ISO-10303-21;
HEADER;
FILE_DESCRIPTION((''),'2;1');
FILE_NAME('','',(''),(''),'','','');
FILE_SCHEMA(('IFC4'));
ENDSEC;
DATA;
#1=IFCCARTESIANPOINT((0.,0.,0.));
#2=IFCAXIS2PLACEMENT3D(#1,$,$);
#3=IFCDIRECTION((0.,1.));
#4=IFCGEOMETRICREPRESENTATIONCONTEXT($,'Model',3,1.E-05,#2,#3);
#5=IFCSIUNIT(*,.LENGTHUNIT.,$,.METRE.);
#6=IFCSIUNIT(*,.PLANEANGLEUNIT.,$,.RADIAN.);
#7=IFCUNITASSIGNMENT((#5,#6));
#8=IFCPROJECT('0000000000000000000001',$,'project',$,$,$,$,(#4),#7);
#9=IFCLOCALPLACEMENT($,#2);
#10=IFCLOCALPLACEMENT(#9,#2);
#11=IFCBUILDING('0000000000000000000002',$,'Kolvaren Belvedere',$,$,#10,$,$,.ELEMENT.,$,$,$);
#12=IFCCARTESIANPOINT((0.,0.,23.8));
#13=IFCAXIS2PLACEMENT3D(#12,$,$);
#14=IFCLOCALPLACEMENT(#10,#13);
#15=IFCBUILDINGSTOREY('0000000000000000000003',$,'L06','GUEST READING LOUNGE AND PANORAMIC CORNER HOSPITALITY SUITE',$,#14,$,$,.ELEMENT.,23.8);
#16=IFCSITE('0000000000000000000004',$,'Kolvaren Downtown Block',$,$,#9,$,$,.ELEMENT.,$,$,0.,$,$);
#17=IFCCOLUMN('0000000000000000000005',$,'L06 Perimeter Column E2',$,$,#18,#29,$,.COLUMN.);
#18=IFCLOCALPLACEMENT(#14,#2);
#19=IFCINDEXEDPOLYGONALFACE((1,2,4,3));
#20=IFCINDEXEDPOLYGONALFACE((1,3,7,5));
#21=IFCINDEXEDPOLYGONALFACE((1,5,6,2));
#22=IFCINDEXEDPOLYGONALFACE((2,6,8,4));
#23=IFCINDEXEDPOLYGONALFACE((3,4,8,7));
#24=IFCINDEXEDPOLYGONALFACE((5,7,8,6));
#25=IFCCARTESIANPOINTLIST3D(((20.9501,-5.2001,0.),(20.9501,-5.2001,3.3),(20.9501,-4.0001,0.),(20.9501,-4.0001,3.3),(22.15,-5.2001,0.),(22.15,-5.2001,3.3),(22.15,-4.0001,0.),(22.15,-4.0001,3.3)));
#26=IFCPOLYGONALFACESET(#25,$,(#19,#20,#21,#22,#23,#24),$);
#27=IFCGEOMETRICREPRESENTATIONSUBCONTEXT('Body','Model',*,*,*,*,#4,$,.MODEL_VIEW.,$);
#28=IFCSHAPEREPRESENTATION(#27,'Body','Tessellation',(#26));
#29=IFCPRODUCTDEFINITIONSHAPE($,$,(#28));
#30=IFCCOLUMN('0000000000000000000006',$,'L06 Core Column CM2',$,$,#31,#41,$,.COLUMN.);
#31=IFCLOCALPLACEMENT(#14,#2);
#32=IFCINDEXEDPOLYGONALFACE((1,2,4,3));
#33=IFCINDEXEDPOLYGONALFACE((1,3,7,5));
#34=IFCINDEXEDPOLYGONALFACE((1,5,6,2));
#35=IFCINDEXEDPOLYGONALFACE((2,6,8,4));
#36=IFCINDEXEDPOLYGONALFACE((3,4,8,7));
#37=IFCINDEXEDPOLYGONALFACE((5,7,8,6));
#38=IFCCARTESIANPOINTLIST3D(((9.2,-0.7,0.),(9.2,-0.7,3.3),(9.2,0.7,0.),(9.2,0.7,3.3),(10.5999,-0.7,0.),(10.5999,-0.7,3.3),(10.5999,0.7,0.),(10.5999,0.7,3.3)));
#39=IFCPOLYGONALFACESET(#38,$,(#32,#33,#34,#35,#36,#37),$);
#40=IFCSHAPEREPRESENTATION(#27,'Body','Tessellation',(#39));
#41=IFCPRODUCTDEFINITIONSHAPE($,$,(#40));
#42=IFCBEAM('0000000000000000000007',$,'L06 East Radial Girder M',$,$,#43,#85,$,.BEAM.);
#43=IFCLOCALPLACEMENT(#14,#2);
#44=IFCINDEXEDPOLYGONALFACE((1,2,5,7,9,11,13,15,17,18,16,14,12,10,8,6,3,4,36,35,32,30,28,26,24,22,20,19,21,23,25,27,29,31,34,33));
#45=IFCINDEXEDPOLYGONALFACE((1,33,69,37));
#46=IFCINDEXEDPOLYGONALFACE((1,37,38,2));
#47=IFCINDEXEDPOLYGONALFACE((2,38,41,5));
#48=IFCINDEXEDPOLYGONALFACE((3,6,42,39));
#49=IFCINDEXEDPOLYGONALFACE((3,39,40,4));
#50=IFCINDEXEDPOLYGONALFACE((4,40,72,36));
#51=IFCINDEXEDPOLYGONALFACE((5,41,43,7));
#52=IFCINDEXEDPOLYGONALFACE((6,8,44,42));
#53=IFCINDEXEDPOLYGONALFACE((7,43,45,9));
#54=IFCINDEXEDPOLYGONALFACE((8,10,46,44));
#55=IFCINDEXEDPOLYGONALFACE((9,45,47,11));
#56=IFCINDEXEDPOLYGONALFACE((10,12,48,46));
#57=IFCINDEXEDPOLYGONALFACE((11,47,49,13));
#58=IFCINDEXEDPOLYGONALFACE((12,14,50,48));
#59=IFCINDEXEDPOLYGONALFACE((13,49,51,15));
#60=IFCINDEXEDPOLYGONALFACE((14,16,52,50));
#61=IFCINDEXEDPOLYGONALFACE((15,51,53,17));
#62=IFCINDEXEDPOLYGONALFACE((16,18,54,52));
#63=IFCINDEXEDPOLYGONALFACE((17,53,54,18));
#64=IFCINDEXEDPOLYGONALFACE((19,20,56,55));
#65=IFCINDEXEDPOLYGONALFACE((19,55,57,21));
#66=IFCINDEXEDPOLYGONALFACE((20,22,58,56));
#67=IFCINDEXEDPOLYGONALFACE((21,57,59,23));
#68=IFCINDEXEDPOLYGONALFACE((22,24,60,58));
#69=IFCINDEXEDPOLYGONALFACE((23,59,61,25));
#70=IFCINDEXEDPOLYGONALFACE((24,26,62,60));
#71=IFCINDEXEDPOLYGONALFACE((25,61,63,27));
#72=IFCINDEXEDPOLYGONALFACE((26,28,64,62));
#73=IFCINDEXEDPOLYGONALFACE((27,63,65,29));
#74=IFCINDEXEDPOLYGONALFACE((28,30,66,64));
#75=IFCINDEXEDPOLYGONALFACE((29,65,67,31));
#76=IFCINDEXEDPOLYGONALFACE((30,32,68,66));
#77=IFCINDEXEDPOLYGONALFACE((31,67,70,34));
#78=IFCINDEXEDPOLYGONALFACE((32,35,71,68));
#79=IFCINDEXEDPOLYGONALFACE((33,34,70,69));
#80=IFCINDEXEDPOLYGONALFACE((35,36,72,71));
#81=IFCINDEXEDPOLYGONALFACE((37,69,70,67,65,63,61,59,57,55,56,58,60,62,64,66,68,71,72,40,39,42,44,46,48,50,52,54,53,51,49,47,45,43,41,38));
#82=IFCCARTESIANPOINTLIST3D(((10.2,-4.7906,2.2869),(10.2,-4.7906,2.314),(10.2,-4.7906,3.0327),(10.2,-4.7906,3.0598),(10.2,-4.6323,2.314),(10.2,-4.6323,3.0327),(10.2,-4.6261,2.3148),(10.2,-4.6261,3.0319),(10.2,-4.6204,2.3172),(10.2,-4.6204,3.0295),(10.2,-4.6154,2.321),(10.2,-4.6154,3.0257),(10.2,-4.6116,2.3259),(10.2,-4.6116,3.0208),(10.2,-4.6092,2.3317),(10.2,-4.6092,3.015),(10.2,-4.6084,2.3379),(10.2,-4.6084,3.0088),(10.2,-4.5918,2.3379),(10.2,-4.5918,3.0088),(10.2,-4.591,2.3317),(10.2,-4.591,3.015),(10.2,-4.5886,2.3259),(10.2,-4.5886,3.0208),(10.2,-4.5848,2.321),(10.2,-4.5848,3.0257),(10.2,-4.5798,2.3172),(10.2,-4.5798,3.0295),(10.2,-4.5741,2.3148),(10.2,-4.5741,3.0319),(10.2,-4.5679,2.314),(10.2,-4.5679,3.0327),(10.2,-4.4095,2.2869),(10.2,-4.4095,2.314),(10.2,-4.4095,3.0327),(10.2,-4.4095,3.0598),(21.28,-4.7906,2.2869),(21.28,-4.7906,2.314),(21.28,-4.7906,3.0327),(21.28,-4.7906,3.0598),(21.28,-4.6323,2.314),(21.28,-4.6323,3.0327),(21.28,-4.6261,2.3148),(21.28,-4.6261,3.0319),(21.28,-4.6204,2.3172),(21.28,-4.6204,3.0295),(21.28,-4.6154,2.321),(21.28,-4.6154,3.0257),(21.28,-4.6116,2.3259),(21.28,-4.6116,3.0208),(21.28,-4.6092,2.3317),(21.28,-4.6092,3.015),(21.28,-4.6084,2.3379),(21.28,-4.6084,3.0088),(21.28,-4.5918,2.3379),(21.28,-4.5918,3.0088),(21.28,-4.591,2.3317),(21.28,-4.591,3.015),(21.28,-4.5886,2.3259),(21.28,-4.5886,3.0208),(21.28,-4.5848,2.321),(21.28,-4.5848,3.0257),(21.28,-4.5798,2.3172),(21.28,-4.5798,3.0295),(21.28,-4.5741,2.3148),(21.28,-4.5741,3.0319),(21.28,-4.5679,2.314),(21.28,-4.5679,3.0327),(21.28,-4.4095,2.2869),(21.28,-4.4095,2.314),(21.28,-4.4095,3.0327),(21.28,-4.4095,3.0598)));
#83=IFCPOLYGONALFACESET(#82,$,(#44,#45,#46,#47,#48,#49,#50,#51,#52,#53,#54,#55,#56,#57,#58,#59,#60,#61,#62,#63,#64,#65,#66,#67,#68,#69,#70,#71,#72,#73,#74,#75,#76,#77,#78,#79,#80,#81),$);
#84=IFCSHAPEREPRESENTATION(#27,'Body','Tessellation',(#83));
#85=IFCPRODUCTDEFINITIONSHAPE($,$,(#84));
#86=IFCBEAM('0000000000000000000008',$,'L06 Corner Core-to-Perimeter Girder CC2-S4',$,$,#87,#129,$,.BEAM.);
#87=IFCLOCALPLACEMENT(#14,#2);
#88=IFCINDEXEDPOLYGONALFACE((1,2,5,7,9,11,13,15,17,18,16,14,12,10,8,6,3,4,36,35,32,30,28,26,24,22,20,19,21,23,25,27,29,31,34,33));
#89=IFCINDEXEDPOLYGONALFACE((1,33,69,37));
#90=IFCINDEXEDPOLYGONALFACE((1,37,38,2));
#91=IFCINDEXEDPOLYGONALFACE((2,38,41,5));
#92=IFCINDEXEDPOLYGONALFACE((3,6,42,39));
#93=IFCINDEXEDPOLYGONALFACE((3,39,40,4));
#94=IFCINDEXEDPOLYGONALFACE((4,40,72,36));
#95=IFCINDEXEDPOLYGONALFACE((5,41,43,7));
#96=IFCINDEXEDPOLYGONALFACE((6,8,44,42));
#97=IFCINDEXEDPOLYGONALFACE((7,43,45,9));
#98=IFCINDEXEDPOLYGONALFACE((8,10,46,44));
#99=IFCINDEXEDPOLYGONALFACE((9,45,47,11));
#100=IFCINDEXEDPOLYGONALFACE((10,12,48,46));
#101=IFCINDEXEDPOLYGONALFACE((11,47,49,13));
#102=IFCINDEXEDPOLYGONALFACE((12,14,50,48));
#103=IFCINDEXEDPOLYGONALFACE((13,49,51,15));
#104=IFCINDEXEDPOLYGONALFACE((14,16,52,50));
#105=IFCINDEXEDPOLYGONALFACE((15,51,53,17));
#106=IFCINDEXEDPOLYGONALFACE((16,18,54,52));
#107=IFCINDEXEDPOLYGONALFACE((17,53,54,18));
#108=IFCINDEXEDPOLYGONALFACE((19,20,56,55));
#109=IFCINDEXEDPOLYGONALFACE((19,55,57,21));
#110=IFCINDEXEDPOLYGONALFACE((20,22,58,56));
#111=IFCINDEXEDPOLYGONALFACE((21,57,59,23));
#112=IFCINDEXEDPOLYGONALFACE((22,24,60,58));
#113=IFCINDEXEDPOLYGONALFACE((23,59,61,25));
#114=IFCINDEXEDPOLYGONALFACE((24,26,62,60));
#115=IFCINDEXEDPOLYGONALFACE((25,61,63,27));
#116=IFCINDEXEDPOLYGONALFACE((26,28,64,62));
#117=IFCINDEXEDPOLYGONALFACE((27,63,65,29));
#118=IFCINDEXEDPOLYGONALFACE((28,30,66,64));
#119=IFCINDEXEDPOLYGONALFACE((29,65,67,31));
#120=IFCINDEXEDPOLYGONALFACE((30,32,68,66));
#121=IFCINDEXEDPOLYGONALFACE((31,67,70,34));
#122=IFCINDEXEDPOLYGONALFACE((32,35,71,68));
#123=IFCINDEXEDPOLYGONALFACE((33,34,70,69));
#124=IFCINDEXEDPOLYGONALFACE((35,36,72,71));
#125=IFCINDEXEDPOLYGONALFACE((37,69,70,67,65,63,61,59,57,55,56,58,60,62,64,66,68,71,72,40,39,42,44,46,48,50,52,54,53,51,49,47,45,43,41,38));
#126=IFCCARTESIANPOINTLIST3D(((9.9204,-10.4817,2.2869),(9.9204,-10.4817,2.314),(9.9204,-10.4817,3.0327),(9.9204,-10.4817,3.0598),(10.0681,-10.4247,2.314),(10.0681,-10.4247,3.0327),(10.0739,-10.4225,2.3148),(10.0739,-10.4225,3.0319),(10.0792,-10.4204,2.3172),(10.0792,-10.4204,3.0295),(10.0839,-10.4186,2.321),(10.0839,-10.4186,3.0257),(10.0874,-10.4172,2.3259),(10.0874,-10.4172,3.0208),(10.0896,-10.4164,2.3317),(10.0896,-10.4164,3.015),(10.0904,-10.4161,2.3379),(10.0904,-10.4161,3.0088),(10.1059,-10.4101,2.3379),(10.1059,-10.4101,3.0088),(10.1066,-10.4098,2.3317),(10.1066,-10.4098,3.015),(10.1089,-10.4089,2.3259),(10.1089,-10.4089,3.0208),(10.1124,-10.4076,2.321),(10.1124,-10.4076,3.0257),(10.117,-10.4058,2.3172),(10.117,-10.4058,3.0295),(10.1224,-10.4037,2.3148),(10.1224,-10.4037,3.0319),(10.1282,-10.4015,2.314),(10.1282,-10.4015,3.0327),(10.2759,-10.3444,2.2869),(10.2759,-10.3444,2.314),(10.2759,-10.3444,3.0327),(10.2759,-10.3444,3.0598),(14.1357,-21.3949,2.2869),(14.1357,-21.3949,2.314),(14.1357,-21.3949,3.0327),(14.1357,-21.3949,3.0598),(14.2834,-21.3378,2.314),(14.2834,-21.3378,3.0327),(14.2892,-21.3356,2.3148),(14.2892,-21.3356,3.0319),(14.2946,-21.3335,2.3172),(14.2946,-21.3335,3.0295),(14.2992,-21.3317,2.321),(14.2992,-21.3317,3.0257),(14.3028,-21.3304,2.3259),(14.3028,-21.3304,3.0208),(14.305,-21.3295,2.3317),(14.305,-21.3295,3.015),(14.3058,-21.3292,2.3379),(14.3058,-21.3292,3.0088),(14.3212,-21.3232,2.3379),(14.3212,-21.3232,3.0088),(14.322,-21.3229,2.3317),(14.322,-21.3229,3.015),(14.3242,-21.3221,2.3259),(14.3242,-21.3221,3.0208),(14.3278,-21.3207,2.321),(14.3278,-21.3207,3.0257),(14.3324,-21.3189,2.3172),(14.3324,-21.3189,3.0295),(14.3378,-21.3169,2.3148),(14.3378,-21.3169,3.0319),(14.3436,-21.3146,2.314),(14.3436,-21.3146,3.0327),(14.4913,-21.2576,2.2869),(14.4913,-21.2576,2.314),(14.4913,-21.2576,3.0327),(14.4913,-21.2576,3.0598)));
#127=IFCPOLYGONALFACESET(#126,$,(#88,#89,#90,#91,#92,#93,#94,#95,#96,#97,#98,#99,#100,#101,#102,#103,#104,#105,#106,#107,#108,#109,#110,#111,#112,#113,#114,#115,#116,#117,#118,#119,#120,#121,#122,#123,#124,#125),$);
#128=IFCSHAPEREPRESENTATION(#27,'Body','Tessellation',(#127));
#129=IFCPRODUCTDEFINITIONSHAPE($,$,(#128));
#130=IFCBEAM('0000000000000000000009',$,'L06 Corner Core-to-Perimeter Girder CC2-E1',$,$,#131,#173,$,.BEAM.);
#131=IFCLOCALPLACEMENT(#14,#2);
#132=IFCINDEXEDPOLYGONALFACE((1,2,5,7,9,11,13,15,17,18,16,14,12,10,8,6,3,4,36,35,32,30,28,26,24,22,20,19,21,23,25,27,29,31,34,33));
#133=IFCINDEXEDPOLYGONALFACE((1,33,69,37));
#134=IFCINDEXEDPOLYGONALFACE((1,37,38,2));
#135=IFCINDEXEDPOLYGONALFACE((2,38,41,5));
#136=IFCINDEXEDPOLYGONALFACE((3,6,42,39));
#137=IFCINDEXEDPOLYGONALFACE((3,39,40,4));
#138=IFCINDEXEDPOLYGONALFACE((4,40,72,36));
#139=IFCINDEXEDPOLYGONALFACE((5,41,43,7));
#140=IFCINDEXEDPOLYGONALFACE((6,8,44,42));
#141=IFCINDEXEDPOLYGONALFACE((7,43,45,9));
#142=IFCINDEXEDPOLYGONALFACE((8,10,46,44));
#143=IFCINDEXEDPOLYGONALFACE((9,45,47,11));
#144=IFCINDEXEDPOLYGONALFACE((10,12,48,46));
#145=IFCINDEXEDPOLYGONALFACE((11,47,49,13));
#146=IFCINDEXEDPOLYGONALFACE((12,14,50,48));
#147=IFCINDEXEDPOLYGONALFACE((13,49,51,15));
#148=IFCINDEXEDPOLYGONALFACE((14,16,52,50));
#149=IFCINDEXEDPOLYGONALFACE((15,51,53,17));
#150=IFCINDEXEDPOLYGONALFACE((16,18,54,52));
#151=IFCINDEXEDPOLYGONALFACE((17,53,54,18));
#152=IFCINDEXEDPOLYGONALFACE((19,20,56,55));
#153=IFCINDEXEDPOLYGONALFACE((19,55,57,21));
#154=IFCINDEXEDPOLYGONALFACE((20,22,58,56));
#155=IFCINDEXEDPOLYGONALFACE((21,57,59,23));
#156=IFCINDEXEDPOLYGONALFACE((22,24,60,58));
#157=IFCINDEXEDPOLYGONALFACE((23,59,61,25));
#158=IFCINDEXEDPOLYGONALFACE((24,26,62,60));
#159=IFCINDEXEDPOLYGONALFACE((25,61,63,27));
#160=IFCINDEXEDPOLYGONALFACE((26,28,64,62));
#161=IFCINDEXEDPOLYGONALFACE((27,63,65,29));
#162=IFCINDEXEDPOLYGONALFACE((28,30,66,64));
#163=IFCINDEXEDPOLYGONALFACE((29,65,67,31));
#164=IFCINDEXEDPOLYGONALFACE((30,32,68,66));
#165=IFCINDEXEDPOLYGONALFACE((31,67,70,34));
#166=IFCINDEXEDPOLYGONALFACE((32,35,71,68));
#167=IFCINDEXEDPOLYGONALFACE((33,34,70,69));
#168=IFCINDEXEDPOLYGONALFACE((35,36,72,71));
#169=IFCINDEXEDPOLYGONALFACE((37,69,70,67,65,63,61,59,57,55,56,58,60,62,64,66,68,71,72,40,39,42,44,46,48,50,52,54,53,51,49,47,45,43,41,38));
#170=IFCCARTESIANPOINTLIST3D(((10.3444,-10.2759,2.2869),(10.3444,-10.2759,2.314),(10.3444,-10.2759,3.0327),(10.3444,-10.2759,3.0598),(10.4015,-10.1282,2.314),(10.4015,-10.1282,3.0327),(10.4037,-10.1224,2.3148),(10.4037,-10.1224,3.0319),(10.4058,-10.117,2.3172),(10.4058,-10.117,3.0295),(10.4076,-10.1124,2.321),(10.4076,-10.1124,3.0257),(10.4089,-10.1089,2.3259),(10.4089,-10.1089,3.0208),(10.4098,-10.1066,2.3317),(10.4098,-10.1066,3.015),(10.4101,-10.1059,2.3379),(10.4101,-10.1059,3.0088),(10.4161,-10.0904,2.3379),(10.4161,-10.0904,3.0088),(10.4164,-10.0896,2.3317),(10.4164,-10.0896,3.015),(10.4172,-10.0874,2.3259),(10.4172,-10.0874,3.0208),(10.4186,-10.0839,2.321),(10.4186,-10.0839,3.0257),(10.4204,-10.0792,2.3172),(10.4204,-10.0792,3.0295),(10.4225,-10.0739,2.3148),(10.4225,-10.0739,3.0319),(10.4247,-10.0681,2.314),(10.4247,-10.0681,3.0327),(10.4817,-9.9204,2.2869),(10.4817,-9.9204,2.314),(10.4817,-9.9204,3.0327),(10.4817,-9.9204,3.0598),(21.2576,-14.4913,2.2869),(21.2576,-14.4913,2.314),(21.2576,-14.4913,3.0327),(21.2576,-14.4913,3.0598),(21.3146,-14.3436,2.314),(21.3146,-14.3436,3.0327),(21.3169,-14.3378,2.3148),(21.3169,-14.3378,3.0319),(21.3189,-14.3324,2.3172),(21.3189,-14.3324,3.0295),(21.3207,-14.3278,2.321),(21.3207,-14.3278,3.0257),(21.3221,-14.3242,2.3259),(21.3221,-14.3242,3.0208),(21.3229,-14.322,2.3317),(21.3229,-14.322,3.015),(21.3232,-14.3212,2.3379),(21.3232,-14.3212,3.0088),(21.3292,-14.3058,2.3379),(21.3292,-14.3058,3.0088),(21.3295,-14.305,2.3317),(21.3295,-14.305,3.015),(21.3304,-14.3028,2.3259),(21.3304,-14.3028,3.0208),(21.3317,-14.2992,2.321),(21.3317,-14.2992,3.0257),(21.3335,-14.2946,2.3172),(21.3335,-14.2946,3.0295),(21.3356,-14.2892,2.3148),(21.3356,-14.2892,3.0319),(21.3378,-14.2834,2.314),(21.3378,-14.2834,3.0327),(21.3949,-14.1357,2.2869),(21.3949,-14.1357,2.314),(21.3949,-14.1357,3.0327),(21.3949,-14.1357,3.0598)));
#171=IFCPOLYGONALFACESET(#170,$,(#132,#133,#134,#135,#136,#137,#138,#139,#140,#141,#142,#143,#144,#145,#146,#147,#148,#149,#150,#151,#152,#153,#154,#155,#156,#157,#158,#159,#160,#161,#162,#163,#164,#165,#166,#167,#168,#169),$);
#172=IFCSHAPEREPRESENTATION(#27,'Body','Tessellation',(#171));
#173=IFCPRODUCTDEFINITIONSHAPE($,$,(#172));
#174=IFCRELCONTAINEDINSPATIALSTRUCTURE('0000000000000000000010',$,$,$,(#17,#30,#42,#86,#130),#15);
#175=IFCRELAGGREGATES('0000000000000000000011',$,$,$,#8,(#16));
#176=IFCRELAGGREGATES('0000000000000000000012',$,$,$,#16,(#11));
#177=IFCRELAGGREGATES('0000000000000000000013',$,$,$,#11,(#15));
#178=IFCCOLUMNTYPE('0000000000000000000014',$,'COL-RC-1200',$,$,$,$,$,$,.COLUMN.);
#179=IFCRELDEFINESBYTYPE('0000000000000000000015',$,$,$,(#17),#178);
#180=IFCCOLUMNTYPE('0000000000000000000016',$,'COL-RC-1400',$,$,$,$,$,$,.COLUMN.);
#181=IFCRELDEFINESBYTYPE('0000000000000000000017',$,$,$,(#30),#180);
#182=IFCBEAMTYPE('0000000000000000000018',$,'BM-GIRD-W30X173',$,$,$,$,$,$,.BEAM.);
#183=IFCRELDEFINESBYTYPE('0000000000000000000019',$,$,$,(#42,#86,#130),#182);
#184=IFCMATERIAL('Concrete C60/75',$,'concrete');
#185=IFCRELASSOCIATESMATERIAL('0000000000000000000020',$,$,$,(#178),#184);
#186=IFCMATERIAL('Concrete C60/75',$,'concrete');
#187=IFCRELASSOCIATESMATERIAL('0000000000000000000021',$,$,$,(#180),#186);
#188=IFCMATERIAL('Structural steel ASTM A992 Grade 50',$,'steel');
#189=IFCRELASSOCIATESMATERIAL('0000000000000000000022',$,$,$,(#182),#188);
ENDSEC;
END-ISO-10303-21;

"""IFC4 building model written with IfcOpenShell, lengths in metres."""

from ifc_helpers import new_model, si_unit, direction, frame, origin, origin_2d, place, context, subcontext, project, spatial, rectangle, i_section, extrude, material, material_profile, profile_set, type_object, element, save


model = new_model("IFC4")

# Units and contexts
model_context = context("Model", 3, precision=1e-05, world=origin(), true_north=direction((0.0, 1.0)))
body_context = subcontext(model_context, "Body", "Model", "MODEL_VIEW")
ifc_project = project(units=[si_unit("LENGTHUNIT", "METRE"), si_unit("PLANEANGLEUNIT", "RADIAN")], contexts=[model_context])

# Site, building, storey
site_placement = place(None, origin())
site = spatial("IfcSite", under=ifc_project, at=site_placement, Name="Kolvaren Downtown Block", CompositionType="ELEMENT", RefElevation=0.0)
building_placement = place(site_placement, origin())
building = spatial("IfcBuilding", under=site, at=building_placement, Name="Kolvaren Belvedere", CompositionType="ELEMENT")
storey_placement = place(building_placement, frame((0.0, 0.0, 23.8)))
storey = spatial("IfcBuildingStorey", under=building, at=storey_placement, Name="L06", Description="GUEST READING LOUNGE AND PANORAMIC CORNER HOSPITALITY SUITE", CompositionType="ELEMENT", Elevation=23.8)

# Columns
ifc_material_1 = material(Name="Concrete C60/75", Category="concrete")
ifc_material_profile_1 = material_profile(ifc_material_1, rectangle(XDim=1.2, YDim=1.2, at=origin_2d()), Name="RC 1200X1200")
ifc_profile_set_1 = profile_set([ifc_material_profile_1], Name="Concrete C60/75")
column_type_1 = type_object("IfcColumnType", Name="COL-RC-1200", PredefinedType="COLUMN", material=ifc_profile_set_1)
column_1_placement = place(storey_placement, frame((21.55, -4.6001, 0.0), z_axis=(0.0, 0.0, 1.0), x_axis=(1.0, 0.0, 0.0)))
element("IfcColumn", 1, at=column_1_placement, inside=storey, type_object=column_type_1, Name="L06 Perimeter Column E2", PredefinedType="COLUMN", context=body_context, shape_type="SweptSolid", body=[
    extrude(rectangle(XDim=1.2, YDim=1.2, at=origin_2d()), origin(), (0.0, 0.0, 1.0), 3.3),
])
ifc_material_2 = material(Name="Concrete C60/75", Category="concrete")
ifc_material_profile_2 = material_profile(ifc_material_2, rectangle(XDim=1.3999, YDim=1.3999, at=origin_2d()), Name="RC 1400X1400")
ifc_profile_set_2 = profile_set([ifc_material_profile_2], Name="Concrete C60/75")
column_type_2 = type_object("IfcColumnType", Name="COL-RC-1400", PredefinedType="COLUMN", material=ifc_profile_set_2)
column_2_placement = place(storey_placement, frame((9.8999, 0.0, 0.0), z_axis=(0.0, 0.0, 1.0), x_axis=(1.0, 0.0, 0.0)))
element("IfcColumn", 2, at=column_2_placement, inside=storey, type_object=column_type_2, Name="L06 Core Column CM2", PredefinedType="COLUMN", context=body_context, shape_type="SweptSolid", body=[
    extrude(rectangle(XDim=1.3999, YDim=1.3999, at=origin_2d()), origin(), (0.0, 0.0, 1.0), 3.3),
])

# Beams
ifc_material_3 = material(Name="Structural steel ASTM A992 Grade 50", Category="steel")
ifc_material_profile_3 = material_profile(ifc_material_3, i_section(OverallWidth=0.3811, OverallDepth=0.7729, WebThickness=0.0166, FlangeThickness=0.0271, FilletRadius=0.0239, at=origin_2d()), Name="W30X173")
ifc_profile_set_3 = profile_set([ifc_material_profile_3], Name="Structural steel ASTM A992 Grade 50")
beam_type_1 = type_object("IfcBeamType", Name="BM-GIRD-W30X173", PredefinedType="BEAM", material=ifc_profile_set_3)
beam_1_placement = place(storey_placement, frame((10.2, -4.6001, 2.6733), z_axis=(1.0, 0.0, 0.0), x_axis=(0.0, 1.0, 0.0)))
element("IfcBeam", 3, at=beam_1_placement, inside=storey, type_object=beam_type_1, Name="L06 East Radial Girder M", PredefinedType="BEAM", context=body_context, shape_type="SweptSolid", body=[
    extrude(i_section(OverallWidth=0.3811, OverallDepth=0.7729, WebThickness=0.0166, FlangeThickness=0.0271, FilletRadius=0.0239, at=origin_2d()), origin(), (0.0, 0.0, 1.0), 11.0801),
])
for number, where, z_axis, x_axis, name in (
    (4, (10.0981, -10.4131, 2.6733), (0.360318, -0.932829, 0.0), (0.932829, 0.360318, 0.0), "L06 Corner Core-to-Perimeter Girder CC2-S4"),
    (5, (10.4131, -10.0981, 2.6733), (0.932829, -0.360318, 0.0), (0.360318, 0.932829, 0.0), "L06 Corner Core-to-Perimeter Girder CC2-E1"),
):
    element("IfcBeam", number, at=place(storey_placement, frame(where, z_axis=z_axis, x_axis=x_axis)), inside=storey, type_object=beam_type_1, Name=name, PredefinedType="BEAM", context=body_context, shape_type="SweptSolid", body=[
        extrude(i_section(OverallWidth=0.3811, OverallDepth=0.7729, WebThickness=0.0166, FlangeThickness=0.0271, FilletRadius=0.0239, at=origin_2d()), origin(), (0.0, 0.0, 1.0), 11.699),
    ])

save(model, "model.ifc")
